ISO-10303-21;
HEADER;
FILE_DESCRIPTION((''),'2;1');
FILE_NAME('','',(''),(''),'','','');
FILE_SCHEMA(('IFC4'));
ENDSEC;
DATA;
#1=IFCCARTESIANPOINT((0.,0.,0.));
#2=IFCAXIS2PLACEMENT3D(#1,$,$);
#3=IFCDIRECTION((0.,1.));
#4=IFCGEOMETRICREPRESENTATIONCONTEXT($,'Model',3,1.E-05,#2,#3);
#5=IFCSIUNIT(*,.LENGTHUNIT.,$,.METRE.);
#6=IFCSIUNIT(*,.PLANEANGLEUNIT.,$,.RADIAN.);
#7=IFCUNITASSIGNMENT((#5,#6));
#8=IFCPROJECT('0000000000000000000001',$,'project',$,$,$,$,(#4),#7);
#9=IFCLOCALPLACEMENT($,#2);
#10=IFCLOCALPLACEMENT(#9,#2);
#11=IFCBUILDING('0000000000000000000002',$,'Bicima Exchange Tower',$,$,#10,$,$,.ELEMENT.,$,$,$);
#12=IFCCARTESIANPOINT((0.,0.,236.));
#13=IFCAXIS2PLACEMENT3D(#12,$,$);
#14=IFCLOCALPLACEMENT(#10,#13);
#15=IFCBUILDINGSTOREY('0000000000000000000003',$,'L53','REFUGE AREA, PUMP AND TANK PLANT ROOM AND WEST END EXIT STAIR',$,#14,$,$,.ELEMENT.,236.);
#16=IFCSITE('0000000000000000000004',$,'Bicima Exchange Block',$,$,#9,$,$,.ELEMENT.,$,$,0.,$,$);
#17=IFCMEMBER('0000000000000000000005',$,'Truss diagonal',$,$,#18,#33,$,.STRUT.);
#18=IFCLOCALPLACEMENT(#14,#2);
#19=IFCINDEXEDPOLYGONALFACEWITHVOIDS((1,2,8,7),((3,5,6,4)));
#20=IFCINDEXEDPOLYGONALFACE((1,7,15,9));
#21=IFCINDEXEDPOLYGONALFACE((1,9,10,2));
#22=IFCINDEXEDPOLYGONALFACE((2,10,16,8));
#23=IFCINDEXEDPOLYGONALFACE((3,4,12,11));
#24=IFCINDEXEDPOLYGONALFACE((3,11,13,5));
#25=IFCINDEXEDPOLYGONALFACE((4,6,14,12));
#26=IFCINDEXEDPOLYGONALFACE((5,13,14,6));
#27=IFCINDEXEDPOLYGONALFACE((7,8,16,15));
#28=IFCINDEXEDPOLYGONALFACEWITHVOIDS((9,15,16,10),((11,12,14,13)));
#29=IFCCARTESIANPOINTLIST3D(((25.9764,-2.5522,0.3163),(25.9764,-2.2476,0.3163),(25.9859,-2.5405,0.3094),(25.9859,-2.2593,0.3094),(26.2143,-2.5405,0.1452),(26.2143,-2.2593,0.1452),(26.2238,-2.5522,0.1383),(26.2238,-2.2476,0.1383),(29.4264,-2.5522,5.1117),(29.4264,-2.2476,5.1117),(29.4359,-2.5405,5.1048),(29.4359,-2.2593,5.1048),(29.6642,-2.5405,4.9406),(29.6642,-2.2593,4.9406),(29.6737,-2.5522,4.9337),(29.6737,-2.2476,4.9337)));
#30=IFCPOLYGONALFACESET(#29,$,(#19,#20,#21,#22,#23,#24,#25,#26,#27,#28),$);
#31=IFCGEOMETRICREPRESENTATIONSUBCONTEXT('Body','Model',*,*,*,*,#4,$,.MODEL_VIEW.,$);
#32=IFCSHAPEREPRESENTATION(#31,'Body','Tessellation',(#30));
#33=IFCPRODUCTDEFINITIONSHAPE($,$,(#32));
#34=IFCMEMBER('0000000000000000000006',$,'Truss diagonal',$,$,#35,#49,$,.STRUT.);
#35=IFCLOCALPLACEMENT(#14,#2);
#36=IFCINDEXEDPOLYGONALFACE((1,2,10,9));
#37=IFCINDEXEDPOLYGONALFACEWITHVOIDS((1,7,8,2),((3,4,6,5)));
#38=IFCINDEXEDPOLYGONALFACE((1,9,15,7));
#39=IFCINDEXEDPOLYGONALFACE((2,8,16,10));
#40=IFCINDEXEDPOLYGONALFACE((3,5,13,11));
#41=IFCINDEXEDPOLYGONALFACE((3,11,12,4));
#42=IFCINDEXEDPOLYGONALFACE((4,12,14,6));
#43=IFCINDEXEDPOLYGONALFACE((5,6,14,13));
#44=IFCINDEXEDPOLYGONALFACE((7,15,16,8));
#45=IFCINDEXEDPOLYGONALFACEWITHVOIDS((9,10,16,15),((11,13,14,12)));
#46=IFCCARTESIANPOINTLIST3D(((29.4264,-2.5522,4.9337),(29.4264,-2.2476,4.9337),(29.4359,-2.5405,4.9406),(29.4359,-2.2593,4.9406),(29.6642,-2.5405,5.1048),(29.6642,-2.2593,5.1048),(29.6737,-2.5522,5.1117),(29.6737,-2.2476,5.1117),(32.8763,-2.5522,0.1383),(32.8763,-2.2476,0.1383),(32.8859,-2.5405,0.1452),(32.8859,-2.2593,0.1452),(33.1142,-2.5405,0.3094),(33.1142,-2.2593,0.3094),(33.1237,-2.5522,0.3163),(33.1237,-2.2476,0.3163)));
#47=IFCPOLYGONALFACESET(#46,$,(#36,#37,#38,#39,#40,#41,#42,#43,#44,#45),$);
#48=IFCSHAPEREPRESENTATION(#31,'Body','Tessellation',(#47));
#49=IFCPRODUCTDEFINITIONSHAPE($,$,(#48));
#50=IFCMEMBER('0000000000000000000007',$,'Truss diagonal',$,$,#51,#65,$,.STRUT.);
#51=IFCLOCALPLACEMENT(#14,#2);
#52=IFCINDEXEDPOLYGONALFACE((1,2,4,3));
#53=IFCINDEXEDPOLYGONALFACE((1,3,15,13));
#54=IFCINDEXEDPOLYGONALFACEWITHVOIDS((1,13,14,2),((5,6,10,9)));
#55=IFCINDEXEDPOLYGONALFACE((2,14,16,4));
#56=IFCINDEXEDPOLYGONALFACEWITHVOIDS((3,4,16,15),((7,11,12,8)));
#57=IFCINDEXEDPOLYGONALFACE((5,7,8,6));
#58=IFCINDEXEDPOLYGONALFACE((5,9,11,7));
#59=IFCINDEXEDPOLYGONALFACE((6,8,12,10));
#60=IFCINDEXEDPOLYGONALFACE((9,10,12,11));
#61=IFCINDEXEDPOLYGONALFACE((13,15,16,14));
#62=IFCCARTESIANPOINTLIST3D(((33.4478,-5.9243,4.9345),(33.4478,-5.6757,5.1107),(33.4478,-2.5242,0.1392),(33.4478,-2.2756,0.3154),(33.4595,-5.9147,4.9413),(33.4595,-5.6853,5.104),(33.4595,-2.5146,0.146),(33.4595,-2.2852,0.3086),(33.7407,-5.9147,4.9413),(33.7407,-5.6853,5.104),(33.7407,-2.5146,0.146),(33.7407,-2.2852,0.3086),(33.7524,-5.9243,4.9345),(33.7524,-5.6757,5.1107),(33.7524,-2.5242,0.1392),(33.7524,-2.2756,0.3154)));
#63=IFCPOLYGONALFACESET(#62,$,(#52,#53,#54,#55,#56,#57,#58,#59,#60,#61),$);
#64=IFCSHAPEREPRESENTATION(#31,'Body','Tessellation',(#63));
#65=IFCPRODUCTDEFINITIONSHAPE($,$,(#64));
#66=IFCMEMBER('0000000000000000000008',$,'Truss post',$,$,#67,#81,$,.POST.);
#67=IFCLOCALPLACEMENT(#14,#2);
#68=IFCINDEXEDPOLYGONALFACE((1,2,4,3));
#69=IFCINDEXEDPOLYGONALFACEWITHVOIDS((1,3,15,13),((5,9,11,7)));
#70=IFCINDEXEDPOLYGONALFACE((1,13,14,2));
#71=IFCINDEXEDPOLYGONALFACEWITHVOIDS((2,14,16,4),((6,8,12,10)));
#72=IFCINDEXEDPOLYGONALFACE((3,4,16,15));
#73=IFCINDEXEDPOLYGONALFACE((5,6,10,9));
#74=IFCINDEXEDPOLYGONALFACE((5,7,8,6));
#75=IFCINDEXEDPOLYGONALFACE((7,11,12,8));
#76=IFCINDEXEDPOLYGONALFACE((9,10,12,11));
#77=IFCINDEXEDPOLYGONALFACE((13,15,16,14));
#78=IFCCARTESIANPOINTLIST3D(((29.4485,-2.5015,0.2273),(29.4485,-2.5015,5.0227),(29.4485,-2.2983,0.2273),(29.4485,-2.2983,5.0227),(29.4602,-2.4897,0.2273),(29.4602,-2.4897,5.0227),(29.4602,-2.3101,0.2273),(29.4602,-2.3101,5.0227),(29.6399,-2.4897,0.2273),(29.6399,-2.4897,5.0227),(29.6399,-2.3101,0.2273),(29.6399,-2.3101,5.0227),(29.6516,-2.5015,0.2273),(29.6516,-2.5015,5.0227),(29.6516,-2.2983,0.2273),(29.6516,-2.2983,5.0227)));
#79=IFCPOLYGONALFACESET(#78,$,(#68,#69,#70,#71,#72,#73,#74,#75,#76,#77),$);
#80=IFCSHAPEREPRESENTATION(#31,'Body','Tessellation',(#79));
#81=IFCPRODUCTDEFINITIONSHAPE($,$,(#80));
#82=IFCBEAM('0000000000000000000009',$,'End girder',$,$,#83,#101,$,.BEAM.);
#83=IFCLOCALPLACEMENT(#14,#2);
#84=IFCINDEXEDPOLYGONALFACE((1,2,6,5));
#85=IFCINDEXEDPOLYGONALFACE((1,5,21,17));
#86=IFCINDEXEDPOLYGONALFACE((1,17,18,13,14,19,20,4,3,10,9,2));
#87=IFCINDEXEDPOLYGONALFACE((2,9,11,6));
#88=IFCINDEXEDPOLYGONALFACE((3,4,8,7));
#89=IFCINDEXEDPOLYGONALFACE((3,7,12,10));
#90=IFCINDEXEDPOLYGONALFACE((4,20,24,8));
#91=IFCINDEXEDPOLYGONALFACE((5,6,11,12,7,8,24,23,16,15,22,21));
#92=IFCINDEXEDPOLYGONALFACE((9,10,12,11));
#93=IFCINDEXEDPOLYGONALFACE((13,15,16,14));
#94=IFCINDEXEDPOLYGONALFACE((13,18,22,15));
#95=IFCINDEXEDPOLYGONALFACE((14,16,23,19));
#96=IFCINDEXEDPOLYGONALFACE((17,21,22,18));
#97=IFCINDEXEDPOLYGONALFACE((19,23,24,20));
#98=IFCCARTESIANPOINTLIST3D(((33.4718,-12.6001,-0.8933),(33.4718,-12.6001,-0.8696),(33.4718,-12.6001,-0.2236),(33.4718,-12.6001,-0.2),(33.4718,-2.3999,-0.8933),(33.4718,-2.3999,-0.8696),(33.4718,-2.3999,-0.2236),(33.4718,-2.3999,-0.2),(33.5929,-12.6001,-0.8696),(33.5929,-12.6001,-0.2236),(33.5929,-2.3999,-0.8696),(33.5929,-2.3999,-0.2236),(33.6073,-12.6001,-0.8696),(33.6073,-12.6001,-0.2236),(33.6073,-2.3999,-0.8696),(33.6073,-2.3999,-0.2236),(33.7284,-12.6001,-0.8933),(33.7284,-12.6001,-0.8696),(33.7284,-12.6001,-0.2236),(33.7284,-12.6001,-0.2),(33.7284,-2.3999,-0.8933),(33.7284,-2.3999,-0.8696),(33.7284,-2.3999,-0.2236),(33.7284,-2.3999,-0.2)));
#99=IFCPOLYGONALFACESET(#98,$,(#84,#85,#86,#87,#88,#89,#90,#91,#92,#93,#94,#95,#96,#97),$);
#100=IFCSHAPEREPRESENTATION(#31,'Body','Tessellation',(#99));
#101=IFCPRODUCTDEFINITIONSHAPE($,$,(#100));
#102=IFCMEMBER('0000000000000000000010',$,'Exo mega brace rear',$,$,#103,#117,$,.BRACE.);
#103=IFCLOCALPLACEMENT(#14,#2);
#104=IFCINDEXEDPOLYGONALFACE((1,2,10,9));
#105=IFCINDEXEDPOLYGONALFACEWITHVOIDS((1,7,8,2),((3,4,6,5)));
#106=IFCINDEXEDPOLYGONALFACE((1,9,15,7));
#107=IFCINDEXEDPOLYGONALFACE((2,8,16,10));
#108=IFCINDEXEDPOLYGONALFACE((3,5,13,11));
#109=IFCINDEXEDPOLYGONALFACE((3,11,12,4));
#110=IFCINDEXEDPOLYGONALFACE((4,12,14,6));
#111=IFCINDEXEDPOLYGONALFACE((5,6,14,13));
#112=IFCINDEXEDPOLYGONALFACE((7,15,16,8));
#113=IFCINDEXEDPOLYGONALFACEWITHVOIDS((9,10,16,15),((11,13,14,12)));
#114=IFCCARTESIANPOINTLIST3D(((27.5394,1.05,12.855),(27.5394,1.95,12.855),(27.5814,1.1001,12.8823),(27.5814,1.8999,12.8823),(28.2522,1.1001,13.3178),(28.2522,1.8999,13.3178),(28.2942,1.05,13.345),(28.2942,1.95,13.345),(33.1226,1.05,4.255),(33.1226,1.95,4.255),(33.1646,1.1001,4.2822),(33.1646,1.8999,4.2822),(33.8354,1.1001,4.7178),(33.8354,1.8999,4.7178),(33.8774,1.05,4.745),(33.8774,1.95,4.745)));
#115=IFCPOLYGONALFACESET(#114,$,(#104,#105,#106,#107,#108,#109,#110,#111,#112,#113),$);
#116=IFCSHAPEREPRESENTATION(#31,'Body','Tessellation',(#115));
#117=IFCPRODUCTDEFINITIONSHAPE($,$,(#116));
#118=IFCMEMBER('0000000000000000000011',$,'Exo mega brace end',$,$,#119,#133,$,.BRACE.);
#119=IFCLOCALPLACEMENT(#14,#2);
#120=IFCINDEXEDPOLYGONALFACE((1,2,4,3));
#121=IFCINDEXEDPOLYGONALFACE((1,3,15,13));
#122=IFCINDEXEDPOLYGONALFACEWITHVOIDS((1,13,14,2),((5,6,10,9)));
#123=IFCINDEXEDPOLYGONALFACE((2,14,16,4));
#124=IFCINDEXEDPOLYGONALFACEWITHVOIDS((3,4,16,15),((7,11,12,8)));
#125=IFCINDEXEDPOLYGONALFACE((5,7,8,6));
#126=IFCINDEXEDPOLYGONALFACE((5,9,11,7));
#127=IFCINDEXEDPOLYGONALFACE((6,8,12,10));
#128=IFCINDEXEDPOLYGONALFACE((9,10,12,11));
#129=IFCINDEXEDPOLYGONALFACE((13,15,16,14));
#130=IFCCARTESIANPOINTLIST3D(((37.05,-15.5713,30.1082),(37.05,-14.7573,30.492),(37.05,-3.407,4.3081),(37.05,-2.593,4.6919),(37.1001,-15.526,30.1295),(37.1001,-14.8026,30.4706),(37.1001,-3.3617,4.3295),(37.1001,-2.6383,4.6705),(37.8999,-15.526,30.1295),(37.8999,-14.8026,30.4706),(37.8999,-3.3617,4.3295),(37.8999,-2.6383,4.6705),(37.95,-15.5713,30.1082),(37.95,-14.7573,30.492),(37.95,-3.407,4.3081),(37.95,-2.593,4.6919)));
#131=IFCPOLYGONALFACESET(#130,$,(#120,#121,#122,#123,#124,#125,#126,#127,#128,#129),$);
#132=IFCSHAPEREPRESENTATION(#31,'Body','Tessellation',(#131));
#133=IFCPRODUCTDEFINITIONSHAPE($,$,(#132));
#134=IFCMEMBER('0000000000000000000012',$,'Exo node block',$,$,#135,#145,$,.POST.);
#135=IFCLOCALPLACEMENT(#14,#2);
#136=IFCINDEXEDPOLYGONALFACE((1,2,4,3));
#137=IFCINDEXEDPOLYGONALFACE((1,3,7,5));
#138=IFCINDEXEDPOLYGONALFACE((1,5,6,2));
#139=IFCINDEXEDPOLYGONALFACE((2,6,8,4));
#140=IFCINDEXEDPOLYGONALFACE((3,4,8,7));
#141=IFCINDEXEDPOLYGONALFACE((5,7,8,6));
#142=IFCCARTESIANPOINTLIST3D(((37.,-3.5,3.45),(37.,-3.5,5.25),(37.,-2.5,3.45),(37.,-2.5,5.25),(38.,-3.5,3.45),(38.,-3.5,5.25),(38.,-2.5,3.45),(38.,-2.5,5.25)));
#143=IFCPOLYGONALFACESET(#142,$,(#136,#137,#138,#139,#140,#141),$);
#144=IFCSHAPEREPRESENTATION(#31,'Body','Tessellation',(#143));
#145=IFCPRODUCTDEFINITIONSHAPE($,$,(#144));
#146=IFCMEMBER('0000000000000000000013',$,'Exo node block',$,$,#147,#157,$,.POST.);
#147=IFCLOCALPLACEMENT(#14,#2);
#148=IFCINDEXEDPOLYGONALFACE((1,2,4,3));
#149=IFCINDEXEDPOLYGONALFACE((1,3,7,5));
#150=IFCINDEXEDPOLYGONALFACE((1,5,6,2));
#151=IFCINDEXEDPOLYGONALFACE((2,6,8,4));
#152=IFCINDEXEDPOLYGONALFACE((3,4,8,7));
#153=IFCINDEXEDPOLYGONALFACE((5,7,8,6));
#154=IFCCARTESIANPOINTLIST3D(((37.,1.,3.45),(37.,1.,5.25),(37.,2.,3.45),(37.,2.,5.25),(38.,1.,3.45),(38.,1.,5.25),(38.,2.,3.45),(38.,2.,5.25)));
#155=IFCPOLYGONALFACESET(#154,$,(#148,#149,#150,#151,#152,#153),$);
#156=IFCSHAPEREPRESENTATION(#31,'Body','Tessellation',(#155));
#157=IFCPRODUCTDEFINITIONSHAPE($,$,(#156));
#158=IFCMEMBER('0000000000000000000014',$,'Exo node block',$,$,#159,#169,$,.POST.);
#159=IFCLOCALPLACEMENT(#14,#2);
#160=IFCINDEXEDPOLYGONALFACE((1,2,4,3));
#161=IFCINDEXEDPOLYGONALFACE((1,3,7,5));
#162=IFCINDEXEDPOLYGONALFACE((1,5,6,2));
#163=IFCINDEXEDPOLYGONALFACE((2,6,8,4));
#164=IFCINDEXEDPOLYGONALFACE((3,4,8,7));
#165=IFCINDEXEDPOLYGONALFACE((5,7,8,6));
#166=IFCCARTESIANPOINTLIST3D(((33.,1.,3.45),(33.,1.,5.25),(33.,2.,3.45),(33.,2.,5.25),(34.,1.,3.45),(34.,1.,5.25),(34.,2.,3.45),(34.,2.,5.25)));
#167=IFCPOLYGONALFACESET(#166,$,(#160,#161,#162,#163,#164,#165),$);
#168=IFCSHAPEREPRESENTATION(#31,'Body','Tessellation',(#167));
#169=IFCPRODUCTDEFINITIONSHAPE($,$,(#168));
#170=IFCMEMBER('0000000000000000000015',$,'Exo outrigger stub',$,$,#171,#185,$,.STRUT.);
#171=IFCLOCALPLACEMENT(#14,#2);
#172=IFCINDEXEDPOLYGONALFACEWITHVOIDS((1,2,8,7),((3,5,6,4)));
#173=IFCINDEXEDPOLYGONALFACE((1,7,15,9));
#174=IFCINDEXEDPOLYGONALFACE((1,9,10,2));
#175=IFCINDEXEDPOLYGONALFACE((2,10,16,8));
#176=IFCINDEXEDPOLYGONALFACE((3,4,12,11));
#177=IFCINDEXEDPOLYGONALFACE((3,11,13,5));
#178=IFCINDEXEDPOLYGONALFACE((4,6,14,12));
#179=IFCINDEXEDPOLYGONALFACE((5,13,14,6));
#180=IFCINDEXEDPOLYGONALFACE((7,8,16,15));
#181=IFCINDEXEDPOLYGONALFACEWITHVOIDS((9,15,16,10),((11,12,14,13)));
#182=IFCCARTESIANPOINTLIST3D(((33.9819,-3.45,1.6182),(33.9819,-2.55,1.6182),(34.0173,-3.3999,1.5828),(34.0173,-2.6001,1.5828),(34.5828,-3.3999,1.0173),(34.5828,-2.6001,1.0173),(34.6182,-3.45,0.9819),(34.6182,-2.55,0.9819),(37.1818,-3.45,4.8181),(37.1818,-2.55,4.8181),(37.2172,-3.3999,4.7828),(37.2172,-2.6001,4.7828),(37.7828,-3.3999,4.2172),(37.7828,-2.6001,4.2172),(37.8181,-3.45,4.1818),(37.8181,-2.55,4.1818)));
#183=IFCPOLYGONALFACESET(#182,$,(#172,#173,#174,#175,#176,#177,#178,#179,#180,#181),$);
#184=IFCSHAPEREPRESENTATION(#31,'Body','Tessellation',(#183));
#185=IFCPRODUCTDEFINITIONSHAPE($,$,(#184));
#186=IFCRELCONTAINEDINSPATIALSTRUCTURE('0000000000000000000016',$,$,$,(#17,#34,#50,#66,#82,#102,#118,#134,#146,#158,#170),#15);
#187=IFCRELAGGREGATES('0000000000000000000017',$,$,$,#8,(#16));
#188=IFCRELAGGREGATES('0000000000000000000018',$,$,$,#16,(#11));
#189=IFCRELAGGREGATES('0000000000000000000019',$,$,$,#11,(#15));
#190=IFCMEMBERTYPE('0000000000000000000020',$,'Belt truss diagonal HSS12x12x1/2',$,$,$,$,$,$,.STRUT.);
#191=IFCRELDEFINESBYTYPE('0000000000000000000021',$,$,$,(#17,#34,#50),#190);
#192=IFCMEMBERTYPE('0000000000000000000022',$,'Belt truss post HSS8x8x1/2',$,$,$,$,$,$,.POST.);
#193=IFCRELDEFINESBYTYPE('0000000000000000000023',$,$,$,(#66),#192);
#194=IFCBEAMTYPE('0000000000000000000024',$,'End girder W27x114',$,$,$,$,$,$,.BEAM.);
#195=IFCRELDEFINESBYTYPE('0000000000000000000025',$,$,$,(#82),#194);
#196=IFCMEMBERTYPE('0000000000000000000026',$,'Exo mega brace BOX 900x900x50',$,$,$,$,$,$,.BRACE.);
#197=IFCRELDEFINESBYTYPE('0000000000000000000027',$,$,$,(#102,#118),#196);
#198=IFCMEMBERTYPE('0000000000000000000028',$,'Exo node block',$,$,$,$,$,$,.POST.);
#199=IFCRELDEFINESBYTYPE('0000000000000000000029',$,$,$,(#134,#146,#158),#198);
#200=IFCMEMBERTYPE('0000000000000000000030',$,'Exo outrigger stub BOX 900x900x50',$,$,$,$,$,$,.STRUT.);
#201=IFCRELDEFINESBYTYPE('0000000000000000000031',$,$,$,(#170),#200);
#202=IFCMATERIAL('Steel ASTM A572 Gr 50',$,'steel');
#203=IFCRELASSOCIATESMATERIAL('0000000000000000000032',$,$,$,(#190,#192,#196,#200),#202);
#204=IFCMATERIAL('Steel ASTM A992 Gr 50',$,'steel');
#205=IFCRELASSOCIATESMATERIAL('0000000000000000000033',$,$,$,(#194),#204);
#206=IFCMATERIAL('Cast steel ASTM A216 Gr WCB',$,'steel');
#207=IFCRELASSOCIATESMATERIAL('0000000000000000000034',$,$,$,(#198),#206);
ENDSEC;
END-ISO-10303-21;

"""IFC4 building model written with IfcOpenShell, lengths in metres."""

from ifc_helpers import new_model, si_unit, direction, frame, origin, origin_2d, place, context, subcontext, project, spatial, rectangle, hollow_rectangle, i_section, extrude, material, material_profile, profile_set, type_object, element, save


model = new_model("IFC4")

# Units and contexts
model_context = context("Model", 3, precision=1e-05, world=origin(), true_north=direction((0.0, 1.0)))
body_context = subcontext(model_context, "Body", "Model", "MODEL_VIEW")
ifc_project = project(units=[si_unit("LENGTHUNIT", "METRE"), si_unit("PLANEANGLEUNIT", "RADIAN")], contexts=[model_context])

# Site, building, storey
site_placement = place(None, origin())
site = spatial("IfcSite", under=ifc_project, at=site_placement, Name="Bicima Exchange Block", CompositionType="ELEMENT", RefElevation=0.0)
building_placement = place(site_placement, origin())
building = spatial("IfcBuilding", under=site, at=building_placement, Name="Bicima Exchange Tower", CompositionType="ELEMENT")
storey_placement = place(building_placement, frame((0.0, 0.0, 236.0)))
storey = spatial("IfcBuildingStorey", under=building, at=storey_placement, Name="L53", Description="REFUGE AREA, PUMP AND TANK PLANT ROOM AND WEST END EXIT STAIR", CompositionType="ELEMENT", Elevation=236.0)

# Shared definitions
ifc_material_1 = material(Name="Steel ASTM A572 Gr 50", Category="steel")
ifc_material_2 = material(Name="Steel ASTM A992 Gr 50", Category="steel")

# Members
ifc_material_profile_1 = material_profile(ifc_material_1, hollow_rectangle(XDim=0.3047, YDim=0.3047, WallThickness=0.0117, at=origin_2d()))
ifc_profile_set_1 = profile_set([ifc_material_profile_1], Name="Steel ASTM A572 Gr 50")
member_type_1 = type_object("IfcMemberType", Name="Belt truss diagonal HSS12x12x1/2", PredefinedType="STRUT", material=ifc_profile_set_1)
for number, where, z_axis, x_axis, name in (
    (1, (26.1001, -2.3999, 0.2273), (0.583999, 0.0, 0.811755), (0.0, 1.0, 0.0), "Truss diagonal"),
    (2, (29.55, -2.3999, 5.0227), (0.583999, 0.0, -0.811755), (0.0, 1.0, 0.0), "Truss diagonal"),
):
    element("IfcMember", number, at=place(storey_placement, frame(where, z_axis=z_axis, x_axis=x_axis)), inside=storey, type_object=member_type_1, Name=name, PredefinedType="STRUT", context=body_context, shape_type="SweptSolid", body=[
        extrude(hollow_rectangle(XDim=0.3047, YDim=0.3047, WallThickness=0.0117, at=origin_2d()), origin(), (0.0, 0.0, 1.0), 5.9075),
    ])
member_1_placement = place(storey_placement, frame((33.6001, -2.3999, 0.2273), z_axis=(0.0, -0.578402, 0.815752), x_axis=(1.0, 0.0, 0.0)))
element("IfcMember", 3, at=member_1_placement, inside=storey, type_object=member_type_1, Name="Truss diagonal", PredefinedType="STRUT", context=body_context, shape_type="SweptSolid", body=[
    extrude(hollow_rectangle(XDim=0.3047, YDim=0.3047, WallThickness=0.0117, at=origin_2d()), origin(), (0.0, 0.0, 1.0), 5.8784),
])
ifc_material_profile_2 = material_profile(ifc_material_1, hollow_rectangle(XDim=0.2031, YDim=0.2031, WallThickness=0.0117, at=origin_2d()))
ifc_profile_set_2 = profile_set([ifc_material_profile_2], Name="Steel ASTM A572 Gr 50")
member_type_2 = type_object("IfcMemberType", Name="Belt truss post HSS8x8x1/2", PredefinedType="POST", material=ifc_profile_set_2)
member_2_placement = place(storey_placement, frame((29.55, -2.3999, 0.2273), z_axis=(0.0, 0.0, 1.0), x_axis=(1.0, 0.0, 0.0)))
element("IfcMember", 4, at=member_2_placement, inside=storey, type_object=member_type_2, Name="Truss post", PredefinedType="POST", context=body_context, shape_type="SweptSolid", body=[
    extrude(hollow_rectangle(XDim=0.2031, YDim=0.2031, WallThickness=0.0117, at=origin_2d()), origin(), (0.0, 0.0, 1.0), 4.7954),
])

# Beam
ifc_material_profile_3 = material_profile(ifc_material_2, i_section(OverallWidth=0.2566, OverallDepth=0.6934, WebThickness=0.0144, FlangeThickness=0.0237, at=origin_2d()))
ifc_profile_set_3 = profile_set([ifc_material_profile_3], Name="Steel ASTM A992 Gr 50")
beam_type_1 = type_object("IfcBeamType", Name="End girder W27x114", PredefinedType="BEAM", material=ifc_profile_set_3)
beam_1_placement = place(storey_placement, frame((33.6001, -2.3999, -0.5466), z_axis=(0.0, -1.0, 0.0), x_axis=(1.0, 0.0, 0.0)))
element("IfcBeam", 5, at=beam_1_placement, inside=storey, type_object=beam_type_1, Name="End girder", PredefinedType="BEAM", context=body_context, shape_type="SweptSolid", body=[
    extrude(i_section(OverallWidth=0.2566, OverallDepth=0.6934, WebThickness=0.0144, FlangeThickness=0.0237, at=origin_2d()), origin(), (0.0, 0.0, 1.0), 10.2002),
])

# Members
ifc_material_profile_4 = material_profile(ifc_material_1, hollow_rectangle(XDim=0.8999, YDim=0.8999, WallThickness=0.05, at=origin_2d()))
ifc_profile_set_4 = profile_set([ifc_material_profile_4], Name="Steel ASTM A572 Gr 50")
member_type_3 = type_object("IfcMemberType", Name="Exo mega brace BOX 900x900x50", PredefinedType="BRACE", material=ifc_profile_set_4)
member_3_placement = place(storey_placement, frame((33.5, 1.5, 4.5), z_axis=(-0.544521, 0.0, 0.838747), x_axis=(0.0, -1.0, 0.0)))
element("IfcMember", 6, at=member_3_placement, inside=storey, type_object=member_type_3, Name="Exo mega brace rear", PredefinedType="BRACE", context=body_context, shape_type="SweptSolid", body=[
    extrude(hollow_rectangle(XDim=0.8999, YDim=0.8999, WallThickness=0.05, at=origin_2d()), origin(), (0.0, 0.0, 1.0), 10.2534),
])
member_4_placement = place(storey_placement, frame((37.5, -3.0, 4.5), z_axis=(0.0, -0.42646, 0.904506), x_axis=(1.0, 0.0, 0.0)))
element("IfcMember", 7, at=member_4_placement, inside=storey, type_object=member_type_3, Name="Exo mega brace end", PredefinedType="BRACE", context=body_context, shape_type="SweptSolid", body=[
    extrude(hollow_rectangle(XDim=0.8999, YDim=0.8999, WallThickness=0.05, at=origin_2d()), origin(), (0.0, 0.0, 1.0), 28.5239),
])
ifc_material_3 = material(Name="Cast steel ASTM A216 Gr WCB", Category="steel")
ifc_material_profile_5 = material_profile(ifc_material_3, rectangle(XDim=1.0, YDim=1.0, at=origin_2d()))
ifc_profile_set_5 = profile_set([ifc_material_profile_5], Name="Cast steel ASTM A216 Gr WCB")
member_type_4 = type_object("IfcMemberType", Name="Exo node block", PredefinedType="POST", material=ifc_profile_set_5)
for number, where, z_axis, x_axis, name in (
    (8, (37.5, -3.0, 3.45), (0.0, 0.0, 1.0), (1.0, 0.0, 0.0), "Exo node block"),
    (9, (37.5, 1.5, 3.45), (0.0, 0.0, 1.0), (1.0, 0.0, 0.0), "Exo node block"),
    (10, (33.5, 1.5, 3.45), (0.0, 0.0, 1.0), (1.0, 0.0, 0.0), "Exo node block"),
):
    element("IfcMember", number, at=place(storey_placement, frame(where, z_axis=z_axis, x_axis=x_axis)), inside=storey, type_object=member_type_4, Name=name, PredefinedType="POST", context=body_context, shape_type="SweptSolid", body=[
        extrude(rectangle(XDim=1.0, YDim=1.0, at=origin_2d()), origin(), (0.0, 0.0, 1.0), 1.8),
    ])
member_type_5 = type_object("IfcMemberType", Name="Exo outrigger stub BOX 900x900x50", PredefinedType="STRUT", material=ifc_profile_set_4)
member_5_placement = place(storey_placement, frame((34.3, -3.0, 1.3), z_axis=(0.707107, 0.0, 0.707107), x_axis=(0.0, 1.0, 0.0)))
element("IfcMember", 11, at=member_5_placement, inside=storey, type_object=member_type_5, Name="Exo outrigger stub", PredefinedType="STRUT", context=body_context, shape_type="SweptSolid", body=[
    extrude(hollow_rectangle(XDim=0.8999, YDim=0.8999, WallThickness=0.05, at=origin_2d()), origin(), (0.0, 0.0, 1.0), 4.5254),
])

save(model, "model.ifc")
